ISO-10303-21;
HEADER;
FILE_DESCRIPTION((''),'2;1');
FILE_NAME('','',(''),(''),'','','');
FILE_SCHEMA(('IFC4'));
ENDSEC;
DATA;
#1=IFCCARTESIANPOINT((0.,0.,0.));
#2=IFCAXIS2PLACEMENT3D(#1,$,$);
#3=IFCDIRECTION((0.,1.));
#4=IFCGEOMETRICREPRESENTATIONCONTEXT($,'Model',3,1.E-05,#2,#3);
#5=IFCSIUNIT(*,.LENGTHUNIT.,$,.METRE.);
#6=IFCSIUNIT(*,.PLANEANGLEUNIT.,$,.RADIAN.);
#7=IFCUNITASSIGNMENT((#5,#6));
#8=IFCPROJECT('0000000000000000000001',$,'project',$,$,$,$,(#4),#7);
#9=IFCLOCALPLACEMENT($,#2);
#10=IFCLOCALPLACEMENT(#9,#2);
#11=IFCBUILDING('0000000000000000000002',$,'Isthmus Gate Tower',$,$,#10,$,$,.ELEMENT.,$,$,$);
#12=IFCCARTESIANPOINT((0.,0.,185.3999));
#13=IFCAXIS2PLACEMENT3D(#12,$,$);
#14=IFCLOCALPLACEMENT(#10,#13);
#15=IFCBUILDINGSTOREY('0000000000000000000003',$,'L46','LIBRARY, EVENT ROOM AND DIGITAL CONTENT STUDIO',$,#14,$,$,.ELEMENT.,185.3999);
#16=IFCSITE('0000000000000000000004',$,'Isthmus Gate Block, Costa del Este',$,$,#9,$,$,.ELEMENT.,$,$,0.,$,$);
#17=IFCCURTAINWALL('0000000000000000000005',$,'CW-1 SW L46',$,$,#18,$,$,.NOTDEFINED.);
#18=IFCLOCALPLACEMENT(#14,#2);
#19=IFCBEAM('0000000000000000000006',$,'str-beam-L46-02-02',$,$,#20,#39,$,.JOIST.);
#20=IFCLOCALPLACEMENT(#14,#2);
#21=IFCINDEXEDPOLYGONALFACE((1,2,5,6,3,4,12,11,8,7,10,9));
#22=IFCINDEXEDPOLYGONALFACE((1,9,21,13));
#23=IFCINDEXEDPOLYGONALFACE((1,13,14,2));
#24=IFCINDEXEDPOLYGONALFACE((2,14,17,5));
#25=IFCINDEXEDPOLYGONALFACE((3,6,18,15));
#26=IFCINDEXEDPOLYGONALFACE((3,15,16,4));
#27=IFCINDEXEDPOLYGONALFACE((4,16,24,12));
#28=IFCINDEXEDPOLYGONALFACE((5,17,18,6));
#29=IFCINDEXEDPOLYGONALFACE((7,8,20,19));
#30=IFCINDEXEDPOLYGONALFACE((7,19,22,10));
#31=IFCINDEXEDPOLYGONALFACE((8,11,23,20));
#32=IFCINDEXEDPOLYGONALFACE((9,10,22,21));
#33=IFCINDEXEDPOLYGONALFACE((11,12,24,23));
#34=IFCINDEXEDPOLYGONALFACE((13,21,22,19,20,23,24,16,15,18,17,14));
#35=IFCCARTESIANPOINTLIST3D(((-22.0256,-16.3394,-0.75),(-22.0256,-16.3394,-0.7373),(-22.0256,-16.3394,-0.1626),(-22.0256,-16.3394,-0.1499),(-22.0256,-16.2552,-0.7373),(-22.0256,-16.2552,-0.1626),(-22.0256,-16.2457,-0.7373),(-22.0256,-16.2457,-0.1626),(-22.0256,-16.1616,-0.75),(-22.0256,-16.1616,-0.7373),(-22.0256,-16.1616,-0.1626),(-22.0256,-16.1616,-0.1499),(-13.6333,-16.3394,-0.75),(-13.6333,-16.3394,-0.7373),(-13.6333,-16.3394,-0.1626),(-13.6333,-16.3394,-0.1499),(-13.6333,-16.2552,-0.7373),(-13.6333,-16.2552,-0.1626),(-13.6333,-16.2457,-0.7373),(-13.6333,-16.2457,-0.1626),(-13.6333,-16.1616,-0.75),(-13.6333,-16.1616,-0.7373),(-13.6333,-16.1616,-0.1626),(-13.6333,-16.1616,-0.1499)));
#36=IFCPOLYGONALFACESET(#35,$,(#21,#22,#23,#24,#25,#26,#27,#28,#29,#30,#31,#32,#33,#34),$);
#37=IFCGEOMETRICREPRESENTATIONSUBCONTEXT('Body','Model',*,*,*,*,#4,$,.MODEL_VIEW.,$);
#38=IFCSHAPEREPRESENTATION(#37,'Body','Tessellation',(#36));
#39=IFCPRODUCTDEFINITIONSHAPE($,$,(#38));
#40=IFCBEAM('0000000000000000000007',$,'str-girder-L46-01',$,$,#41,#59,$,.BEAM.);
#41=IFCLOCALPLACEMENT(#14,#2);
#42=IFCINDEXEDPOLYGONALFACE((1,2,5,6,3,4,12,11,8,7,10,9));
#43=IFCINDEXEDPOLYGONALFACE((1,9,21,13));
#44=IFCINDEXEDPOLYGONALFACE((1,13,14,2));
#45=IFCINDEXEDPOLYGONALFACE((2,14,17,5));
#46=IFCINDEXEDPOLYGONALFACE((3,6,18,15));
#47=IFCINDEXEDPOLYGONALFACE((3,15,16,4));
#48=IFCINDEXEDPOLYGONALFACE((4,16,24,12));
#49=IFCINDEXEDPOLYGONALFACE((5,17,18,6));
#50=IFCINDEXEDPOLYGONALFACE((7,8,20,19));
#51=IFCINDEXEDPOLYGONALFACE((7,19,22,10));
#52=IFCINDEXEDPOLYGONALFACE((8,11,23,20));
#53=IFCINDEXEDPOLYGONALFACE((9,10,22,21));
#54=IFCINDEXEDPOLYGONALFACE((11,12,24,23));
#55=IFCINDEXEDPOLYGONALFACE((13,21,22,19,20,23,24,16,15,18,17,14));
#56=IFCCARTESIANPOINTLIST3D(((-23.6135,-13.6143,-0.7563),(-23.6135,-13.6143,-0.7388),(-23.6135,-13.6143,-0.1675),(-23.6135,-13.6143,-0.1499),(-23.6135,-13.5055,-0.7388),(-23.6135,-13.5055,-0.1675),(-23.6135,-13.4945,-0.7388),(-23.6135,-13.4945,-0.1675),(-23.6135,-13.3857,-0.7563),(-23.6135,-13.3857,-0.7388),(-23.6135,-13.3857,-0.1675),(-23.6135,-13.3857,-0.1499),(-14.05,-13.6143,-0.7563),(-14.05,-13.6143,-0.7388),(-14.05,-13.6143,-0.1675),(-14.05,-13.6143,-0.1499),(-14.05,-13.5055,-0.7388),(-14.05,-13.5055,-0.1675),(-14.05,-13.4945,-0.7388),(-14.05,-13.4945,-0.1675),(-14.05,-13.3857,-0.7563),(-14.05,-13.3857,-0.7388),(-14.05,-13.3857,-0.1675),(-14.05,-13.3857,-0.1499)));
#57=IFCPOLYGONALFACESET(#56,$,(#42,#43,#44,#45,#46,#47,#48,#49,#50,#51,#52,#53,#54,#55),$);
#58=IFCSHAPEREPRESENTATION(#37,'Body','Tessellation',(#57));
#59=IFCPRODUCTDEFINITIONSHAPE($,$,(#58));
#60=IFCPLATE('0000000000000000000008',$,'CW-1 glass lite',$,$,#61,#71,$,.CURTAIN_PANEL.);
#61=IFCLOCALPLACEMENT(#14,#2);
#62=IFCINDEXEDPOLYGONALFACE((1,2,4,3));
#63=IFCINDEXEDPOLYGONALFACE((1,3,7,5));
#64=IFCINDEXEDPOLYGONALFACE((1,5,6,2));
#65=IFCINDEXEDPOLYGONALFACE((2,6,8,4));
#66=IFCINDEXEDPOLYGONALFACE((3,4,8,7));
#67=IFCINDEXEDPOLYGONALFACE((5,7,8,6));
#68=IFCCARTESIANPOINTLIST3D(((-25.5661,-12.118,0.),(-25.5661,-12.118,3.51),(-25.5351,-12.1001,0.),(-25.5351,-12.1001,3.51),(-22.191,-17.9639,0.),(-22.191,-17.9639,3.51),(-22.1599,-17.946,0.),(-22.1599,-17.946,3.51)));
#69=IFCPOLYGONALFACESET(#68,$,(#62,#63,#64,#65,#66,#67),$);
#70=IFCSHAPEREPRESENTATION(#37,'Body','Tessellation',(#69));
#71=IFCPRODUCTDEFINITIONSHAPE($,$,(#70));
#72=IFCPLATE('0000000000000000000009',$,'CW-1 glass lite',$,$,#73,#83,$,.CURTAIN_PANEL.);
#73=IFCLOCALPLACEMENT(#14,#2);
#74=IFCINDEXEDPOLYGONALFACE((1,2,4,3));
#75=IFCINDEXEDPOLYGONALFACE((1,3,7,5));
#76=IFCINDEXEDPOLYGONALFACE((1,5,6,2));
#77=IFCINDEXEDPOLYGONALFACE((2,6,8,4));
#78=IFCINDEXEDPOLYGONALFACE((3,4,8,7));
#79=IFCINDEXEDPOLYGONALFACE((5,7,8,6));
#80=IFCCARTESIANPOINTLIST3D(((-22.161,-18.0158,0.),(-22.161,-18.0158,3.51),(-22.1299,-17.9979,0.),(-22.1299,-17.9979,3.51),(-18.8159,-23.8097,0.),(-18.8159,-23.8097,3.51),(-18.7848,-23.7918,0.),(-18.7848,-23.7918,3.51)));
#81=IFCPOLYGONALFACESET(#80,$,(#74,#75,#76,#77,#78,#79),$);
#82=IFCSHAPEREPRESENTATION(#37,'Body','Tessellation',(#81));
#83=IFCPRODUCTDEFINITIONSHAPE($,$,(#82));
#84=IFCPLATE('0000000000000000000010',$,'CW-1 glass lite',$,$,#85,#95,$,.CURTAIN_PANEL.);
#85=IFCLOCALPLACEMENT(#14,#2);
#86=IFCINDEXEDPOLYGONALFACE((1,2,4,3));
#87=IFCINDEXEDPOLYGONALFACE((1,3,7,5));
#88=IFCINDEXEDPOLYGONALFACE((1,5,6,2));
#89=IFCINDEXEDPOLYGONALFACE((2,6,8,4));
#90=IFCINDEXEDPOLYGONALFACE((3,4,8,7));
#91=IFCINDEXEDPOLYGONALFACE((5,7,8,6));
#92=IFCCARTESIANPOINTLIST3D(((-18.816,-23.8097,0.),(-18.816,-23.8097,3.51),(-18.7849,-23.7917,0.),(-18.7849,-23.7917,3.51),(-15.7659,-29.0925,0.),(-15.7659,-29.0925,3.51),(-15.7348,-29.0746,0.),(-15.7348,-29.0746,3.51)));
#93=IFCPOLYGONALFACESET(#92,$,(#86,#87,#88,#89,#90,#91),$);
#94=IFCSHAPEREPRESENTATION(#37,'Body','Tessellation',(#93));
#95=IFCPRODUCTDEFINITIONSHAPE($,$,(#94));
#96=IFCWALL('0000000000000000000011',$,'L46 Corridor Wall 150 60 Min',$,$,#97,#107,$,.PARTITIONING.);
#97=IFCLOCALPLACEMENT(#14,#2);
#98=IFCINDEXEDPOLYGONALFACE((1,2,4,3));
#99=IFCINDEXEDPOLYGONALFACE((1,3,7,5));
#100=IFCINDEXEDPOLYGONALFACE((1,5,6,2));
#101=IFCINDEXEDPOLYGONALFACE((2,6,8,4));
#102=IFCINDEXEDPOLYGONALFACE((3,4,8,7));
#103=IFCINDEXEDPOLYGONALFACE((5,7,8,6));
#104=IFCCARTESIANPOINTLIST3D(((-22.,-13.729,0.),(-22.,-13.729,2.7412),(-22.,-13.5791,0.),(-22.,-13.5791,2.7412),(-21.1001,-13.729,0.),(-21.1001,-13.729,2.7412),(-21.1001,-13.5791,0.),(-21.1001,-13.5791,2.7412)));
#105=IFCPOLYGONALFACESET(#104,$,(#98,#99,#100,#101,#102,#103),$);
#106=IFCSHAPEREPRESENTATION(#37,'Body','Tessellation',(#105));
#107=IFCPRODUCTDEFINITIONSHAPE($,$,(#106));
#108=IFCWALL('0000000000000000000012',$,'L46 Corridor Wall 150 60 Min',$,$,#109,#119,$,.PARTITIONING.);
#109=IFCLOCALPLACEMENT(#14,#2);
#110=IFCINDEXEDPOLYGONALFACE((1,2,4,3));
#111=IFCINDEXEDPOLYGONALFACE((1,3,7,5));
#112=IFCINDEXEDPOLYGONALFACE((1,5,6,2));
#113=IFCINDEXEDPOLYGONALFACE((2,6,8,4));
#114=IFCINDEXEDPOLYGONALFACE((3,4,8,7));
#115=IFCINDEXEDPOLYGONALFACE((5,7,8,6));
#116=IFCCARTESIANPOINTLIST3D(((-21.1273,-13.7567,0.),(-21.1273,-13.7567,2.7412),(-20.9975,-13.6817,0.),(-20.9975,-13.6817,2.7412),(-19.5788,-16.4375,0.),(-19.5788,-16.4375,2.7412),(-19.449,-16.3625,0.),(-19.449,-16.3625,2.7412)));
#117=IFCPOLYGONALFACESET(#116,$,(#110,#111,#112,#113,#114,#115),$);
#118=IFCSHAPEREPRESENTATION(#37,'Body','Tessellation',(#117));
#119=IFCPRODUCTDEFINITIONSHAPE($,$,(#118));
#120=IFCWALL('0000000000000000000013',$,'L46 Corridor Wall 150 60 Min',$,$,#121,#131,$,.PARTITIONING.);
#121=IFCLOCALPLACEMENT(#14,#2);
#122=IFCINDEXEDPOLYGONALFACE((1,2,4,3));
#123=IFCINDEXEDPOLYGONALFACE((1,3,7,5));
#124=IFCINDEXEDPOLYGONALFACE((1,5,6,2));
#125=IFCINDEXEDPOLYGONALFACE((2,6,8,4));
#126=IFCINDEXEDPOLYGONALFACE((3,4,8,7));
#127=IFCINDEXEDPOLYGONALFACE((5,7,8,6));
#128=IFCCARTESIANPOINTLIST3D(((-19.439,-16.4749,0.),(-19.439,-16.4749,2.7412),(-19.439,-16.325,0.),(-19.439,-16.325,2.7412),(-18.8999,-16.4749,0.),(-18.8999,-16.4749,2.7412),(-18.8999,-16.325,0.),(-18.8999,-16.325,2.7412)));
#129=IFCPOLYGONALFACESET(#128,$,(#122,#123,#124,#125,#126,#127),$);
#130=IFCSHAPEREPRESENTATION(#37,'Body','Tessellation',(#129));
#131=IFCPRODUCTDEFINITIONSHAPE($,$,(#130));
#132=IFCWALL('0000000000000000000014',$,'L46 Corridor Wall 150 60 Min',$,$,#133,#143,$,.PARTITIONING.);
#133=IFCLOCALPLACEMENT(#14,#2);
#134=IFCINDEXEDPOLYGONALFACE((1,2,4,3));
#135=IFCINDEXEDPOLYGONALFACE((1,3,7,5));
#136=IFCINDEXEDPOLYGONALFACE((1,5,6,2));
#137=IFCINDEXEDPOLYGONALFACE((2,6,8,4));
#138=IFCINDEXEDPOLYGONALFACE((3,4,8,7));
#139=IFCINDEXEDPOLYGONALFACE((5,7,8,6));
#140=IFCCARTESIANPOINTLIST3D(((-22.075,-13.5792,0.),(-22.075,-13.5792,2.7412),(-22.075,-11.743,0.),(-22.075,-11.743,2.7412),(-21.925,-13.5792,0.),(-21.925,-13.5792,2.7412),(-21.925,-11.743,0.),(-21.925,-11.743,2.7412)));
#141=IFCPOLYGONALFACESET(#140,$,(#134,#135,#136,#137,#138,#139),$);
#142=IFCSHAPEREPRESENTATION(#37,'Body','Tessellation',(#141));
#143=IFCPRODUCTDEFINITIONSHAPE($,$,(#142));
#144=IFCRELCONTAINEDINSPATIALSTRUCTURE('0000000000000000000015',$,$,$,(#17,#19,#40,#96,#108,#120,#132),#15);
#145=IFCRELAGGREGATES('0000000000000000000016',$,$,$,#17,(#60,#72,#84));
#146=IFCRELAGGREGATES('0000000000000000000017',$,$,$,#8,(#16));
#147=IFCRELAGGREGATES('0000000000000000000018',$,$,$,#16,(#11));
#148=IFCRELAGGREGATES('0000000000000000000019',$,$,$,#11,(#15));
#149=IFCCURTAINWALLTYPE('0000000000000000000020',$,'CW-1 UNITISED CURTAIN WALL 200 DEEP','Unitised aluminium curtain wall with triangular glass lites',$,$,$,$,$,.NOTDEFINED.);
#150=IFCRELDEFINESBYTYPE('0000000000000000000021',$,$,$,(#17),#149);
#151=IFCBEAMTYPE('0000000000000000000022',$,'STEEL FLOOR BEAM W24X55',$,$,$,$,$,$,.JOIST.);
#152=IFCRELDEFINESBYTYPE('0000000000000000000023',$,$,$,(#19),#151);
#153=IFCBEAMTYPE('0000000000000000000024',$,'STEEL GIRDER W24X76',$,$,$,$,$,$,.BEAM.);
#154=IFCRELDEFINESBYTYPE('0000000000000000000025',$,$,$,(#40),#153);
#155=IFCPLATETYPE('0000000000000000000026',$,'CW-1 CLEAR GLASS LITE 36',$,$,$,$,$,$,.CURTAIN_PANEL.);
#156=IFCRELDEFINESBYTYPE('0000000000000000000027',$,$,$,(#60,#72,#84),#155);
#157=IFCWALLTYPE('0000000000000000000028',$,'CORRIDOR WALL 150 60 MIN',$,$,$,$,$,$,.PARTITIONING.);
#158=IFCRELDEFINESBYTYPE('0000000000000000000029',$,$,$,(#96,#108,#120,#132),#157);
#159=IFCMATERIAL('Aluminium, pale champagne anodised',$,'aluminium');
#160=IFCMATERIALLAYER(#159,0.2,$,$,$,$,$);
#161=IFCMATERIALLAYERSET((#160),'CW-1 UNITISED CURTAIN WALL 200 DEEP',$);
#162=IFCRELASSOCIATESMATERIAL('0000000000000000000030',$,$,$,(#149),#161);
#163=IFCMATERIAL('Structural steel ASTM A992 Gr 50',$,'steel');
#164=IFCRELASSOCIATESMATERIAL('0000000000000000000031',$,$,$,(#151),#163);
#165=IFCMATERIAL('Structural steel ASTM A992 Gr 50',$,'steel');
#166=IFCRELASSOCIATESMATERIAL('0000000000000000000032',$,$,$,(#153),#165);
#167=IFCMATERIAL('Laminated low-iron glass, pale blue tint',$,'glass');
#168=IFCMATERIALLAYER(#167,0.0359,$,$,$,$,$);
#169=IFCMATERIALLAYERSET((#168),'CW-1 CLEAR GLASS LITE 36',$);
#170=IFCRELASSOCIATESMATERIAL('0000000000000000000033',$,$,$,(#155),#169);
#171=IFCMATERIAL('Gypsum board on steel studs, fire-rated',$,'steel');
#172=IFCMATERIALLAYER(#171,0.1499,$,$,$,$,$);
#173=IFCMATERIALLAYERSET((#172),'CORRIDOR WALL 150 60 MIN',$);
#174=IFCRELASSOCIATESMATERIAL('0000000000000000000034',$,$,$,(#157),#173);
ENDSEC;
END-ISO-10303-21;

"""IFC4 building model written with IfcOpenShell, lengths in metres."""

from ifc_helpers import new_model, si_unit, direction, frame, frame_2d, origin, origin_2d, place, context, subcontext, project, spatial, rectangle, i_section, extrude, material, layer, layer_set, material_profile, profile_set, type_object, element, aggregate, save


model = new_model("IFC4")

# Units and contexts
model_context = context("Model", 3, precision=1e-05, world=origin(), true_north=direction((0.0, 1.0)))
body_context = subcontext(model_context, "Body", "Model", "MODEL_VIEW")
ifc_project = project(units=[si_unit("LENGTHUNIT", "METRE"), si_unit("PLANEANGLEUNIT", "RADIAN")], contexts=[model_context])

# Site, building, storey
site_placement = place(None, origin())
site = spatial("IfcSite", under=ifc_project, at=site_placement, Name="Isthmus Gate Block, Costa del Este", CompositionType="ELEMENT", RefElevation=0.0)
building_placement = place(site_placement, origin())
building = spatial("IfcBuilding", under=site, at=building_placement, Name="Isthmus Gate Tower", CompositionType="ELEMENT")
storey_placement = place(building_placement, frame((0.0, 0.0, 185.3999)))
storey = spatial("IfcBuildingStorey", under=building, at=storey_placement, Name="L46", Description="LIBRARY, EVENT ROOM AND DIGITAL CONTENT STUDIO", CompositionType="ELEMENT", Elevation=185.3999)

# Curtain wall
ifc_material_1 = material(Name="Aluminium, pale champagne anodised", Category="aluminium")
ifc_layer_1 = layer(ifc_material_1, 0.2)
ifc_layer_set_1 = layer_set([ifc_layer_1], Name="CW-1 UNITISED CURTAIN WALL 200 DEEP")
curtain_wall_type = type_object("IfcCurtainWallType", Name="CW-1 UNITISED CURTAIN WALL 200 DEEP", Description="Unitised aluminium curtain wall with triangular glass lites", PredefinedType="NOTDEFINED", material=ifc_layer_set_1)
curtain_wall_1_placement = place(storey_placement, origin())
curtain_wall_1 = element("IfcCurtainWall", 1, at=curtain_wall_1_placement, inside=storey, type_object=curtain_wall_type, Name="CW-1 SW L46", PredefinedType="NOTDEFINED")

# Beams
ifc_material_2 = material(Name="Structural steel ASTM A992 Gr 50", Category="steel")
ifc_material_profile_1 = material_profile(ifc_material_2, i_section(OverallWidth=0.1777, OverallDepth=0.6001, WebThickness=0.0095, FlangeThickness=0.0127, at=origin_2d()), Name="W24X55")
ifc_profile_set_1 = profile_set([ifc_material_profile_1], Name="Structural steel ASTM A992 Gr 50")
beam_type_1 = type_object("IfcBeamType", Name="STEEL FLOOR BEAM W24X55", PredefinedType="JOIST", material=ifc_profile_set_1)
beam_1_placement = place(storey_placement, frame((-22.0256, -16.2505, -0.45), z_axis=(1.0, 0.0, 0.0), x_axis=(0.0, 1.0, 0.0)))
element("IfcBeam", 2, at=beam_1_placement, inside=storey, type_object=beam_type_1, Name="str-beam-L46-02-02", PredefinedType="JOIST", context=body_context, shape_type="SweptSolid", body=[
    extrude(i_section(OverallWidth=0.1777, OverallDepth=0.6001, WebThickness=0.0095, FlangeThickness=0.0127, at=origin_2d()), origin(), (0.0, 0.0, 1.0), 8.3923),
])
ifc_material_3 = material(Name="Structural steel ASTM A992 Gr 50", Category="steel")
ifc_material_profile_2 = material_profile(ifc_material_3, i_section(OverallWidth=0.2285, OverallDepth=0.6064, WebThickness=0.011, FlangeThickness=0.0176, at=origin_2d()), Name="W24X76")
ifc_profile_set_2 = profile_set([ifc_material_profile_2], Name="Structural steel ASTM A992 Gr 50")
beam_type_2 = type_object("IfcBeamType", Name="STEEL GIRDER W24X76", PredefinedType="BEAM", material=ifc_profile_set_2)
beam_2_placement = place(storey_placement, frame((-23.6135, -13.5, -0.4531), z_axis=(1.0, 0.0, 0.0), x_axis=(0.0, 1.0, 0.0)))
element("IfcBeam", 3, at=beam_2_placement, inside=storey, type_object=beam_type_2, Name="str-girder-L46-01", PredefinedType="BEAM", context=body_context, shape_type="SweptSolid", body=[
    extrude(i_section(OverallWidth=0.2285, OverallDepth=0.6064, WebThickness=0.011, FlangeThickness=0.0176, at=origin_2d()), origin(), (0.0, 0.0, 1.0), 9.5635),
])

# Plates
ifc_material_4 = material(Name="Laminated low-iron glass, pale blue tint", Category="glass")
ifc_layer_2 = layer(ifc_material_4, 0.0359)
ifc_layer_set_2 = layer_set([ifc_layer_2], Name="CW-1 CLEAR GLASS LITE 36")
plate_type = type_object("IfcPlateType", Name="CW-1 CLEAR GLASS LITE 36", PredefinedType="CURTAIN_PANEL", material=ifc_layer_set_2)
plate_1_placement = place(storey_placement, frame((-23.863, -15.032, 0.0), z_axis=(0.0, 0.0, 1.0), x_axis=(0.5, -0.866025, 0.0)))
plate_1 = element("IfcPlate", 4, at=plate_1_placement, type_object=plate_type, Name="CW-1 glass lite", PredefinedType="CURTAIN_PANEL", context=body_context, shape_type="SweptSolid", body=[
    extrude(rectangle(XDim=6.7502, YDim=0.0359, at=origin_2d()), origin(), (0.0, 0.0, 1.0), 3.51),
])
plate_2_placement = place(storey_placement, frame((-20.4729, -20.9038, 0.0), z_axis=(0.0, 0.0, 1.0), x_axis=(0.5, -0.866025, 0.0)))
plate_2 = element("IfcPlate", 5, at=plate_2_placement, type_object=plate_type, Name="CW-1 glass lite", PredefinedType="CURTAIN_PANEL", context=body_context, shape_type="SweptSolid", body=[
    extrude(rectangle(XDim=6.6902, YDim=0.0359, at=origin_2d()), origin(), (0.0, 0.0, 1.0), 3.51),
])
plate_3_placement = place(storey_placement, frame((-17.2754, -26.4421, 0.0), z_axis=(0.0, 0.0, 1.0), x_axis=(0.5, -0.866025, 0.0)))
plate_3 = element("IfcPlate", 6, at=plate_3_placement, type_object=plate_type, Name="CW-1 glass lite", PredefinedType="CURTAIN_PANEL", context=body_context, shape_type="SweptSolid", body=[
    extrude(rectangle(XDim=6.1001, YDim=0.0359, at=origin_2d()), origin(), (0.0, 0.0, 1.0), 3.51),
])
aggregate(curtain_wall_1, [plate_1, plate_2, plate_3])

# Walls
ifc_material_5 = material(Name="Gypsum board on steel studs, fire-rated", Category="steel")
ifc_layer_3 = layer(ifc_material_5, 0.1499)
ifc_layer_set_3 = layer_set([ifc_layer_3], Name="CORRIDOR WALL 150 60 MIN")
wall_type = type_object("IfcWallType", Name="CORRIDOR WALL 150 60 MIN", PredefinedType="PARTITIONING", material=ifc_layer_set_3)
wall_1_placement = place(storey_placement, frame((-21.1001, -13.6541, 0.0), z_axis=(0.0, 0.0, 1.0), x_axis=(-1.0, 0.0, 0.0)))
element("IfcWall", 7, at=wall_1_placement, inside=storey, type_object=wall_type, Name="L46 Corridor Wall 150 60 Min", PredefinedType="PARTITIONING", context=body_context, shape_type="SweptSolid", body=[
    extrude(rectangle(XDim=0.8999, YDim=0.1499, at=frame_2d((0.45, 0.0))), origin(), (0.0, 0.0, 1.0), 2.7412),
])
wall_2_placement = place(storey_placement, frame((-19.5139, -16.3999, 0.0), z_axis=(0.0, 0.0, 1.0), x_axis=(-0.500184, 0.865919, 0.0)))
element("IfcWall", 8, at=wall_2_placement, inside=storey, type_object=wall_type, Name="L46 Corridor Wall 150 60 Min", PredefinedType="PARTITIONING", context=body_context, shape_type="SweptSolid", body=[
    extrude(rectangle(XDim=3.0959, YDim=0.1499, at=frame_2d((1.5479, 0.0))), origin(), (0.0, 0.0, 1.0), 2.7412),
])
wall_3_placement = place(storey_placement, frame((-18.8999, -16.3999, 0.0), z_axis=(0.0, 0.0, 1.0), x_axis=(-1.0, 0.0, 0.0)))
element("IfcWall", 9, at=wall_3_placement, inside=storey, type_object=wall_type, Name="L46 Corridor Wall 150 60 Min", PredefinedType="PARTITIONING", context=body_context, shape_type="SweptSolid", body=[
    extrude(rectangle(XDim=0.5391, YDim=0.1499, at=frame_2d((0.2695, 0.0))), origin(), (0.0, 0.0, 1.0), 2.7412),
])
wall_4_placement = place(storey_placement, frame((-22.0, -13.5791, 0.0), z_axis=(0.0, 0.0, 1.0), x_axis=(0.0, 1.0, 0.0)))
element("IfcWall", 10, at=wall_4_placement, inside=storey, type_object=wall_type, Name="L46 Corridor Wall 150 60 Min", PredefinedType="PARTITIONING", context=body_context, shape_type="SweptSolid", body=[
    extrude(rectangle(XDim=1.8362, YDim=0.1499, at=frame_2d((0.918, 0.0))), origin(), (0.0, 0.0, 1.0), 2.7412),
])

save(model, "model.ifc")
